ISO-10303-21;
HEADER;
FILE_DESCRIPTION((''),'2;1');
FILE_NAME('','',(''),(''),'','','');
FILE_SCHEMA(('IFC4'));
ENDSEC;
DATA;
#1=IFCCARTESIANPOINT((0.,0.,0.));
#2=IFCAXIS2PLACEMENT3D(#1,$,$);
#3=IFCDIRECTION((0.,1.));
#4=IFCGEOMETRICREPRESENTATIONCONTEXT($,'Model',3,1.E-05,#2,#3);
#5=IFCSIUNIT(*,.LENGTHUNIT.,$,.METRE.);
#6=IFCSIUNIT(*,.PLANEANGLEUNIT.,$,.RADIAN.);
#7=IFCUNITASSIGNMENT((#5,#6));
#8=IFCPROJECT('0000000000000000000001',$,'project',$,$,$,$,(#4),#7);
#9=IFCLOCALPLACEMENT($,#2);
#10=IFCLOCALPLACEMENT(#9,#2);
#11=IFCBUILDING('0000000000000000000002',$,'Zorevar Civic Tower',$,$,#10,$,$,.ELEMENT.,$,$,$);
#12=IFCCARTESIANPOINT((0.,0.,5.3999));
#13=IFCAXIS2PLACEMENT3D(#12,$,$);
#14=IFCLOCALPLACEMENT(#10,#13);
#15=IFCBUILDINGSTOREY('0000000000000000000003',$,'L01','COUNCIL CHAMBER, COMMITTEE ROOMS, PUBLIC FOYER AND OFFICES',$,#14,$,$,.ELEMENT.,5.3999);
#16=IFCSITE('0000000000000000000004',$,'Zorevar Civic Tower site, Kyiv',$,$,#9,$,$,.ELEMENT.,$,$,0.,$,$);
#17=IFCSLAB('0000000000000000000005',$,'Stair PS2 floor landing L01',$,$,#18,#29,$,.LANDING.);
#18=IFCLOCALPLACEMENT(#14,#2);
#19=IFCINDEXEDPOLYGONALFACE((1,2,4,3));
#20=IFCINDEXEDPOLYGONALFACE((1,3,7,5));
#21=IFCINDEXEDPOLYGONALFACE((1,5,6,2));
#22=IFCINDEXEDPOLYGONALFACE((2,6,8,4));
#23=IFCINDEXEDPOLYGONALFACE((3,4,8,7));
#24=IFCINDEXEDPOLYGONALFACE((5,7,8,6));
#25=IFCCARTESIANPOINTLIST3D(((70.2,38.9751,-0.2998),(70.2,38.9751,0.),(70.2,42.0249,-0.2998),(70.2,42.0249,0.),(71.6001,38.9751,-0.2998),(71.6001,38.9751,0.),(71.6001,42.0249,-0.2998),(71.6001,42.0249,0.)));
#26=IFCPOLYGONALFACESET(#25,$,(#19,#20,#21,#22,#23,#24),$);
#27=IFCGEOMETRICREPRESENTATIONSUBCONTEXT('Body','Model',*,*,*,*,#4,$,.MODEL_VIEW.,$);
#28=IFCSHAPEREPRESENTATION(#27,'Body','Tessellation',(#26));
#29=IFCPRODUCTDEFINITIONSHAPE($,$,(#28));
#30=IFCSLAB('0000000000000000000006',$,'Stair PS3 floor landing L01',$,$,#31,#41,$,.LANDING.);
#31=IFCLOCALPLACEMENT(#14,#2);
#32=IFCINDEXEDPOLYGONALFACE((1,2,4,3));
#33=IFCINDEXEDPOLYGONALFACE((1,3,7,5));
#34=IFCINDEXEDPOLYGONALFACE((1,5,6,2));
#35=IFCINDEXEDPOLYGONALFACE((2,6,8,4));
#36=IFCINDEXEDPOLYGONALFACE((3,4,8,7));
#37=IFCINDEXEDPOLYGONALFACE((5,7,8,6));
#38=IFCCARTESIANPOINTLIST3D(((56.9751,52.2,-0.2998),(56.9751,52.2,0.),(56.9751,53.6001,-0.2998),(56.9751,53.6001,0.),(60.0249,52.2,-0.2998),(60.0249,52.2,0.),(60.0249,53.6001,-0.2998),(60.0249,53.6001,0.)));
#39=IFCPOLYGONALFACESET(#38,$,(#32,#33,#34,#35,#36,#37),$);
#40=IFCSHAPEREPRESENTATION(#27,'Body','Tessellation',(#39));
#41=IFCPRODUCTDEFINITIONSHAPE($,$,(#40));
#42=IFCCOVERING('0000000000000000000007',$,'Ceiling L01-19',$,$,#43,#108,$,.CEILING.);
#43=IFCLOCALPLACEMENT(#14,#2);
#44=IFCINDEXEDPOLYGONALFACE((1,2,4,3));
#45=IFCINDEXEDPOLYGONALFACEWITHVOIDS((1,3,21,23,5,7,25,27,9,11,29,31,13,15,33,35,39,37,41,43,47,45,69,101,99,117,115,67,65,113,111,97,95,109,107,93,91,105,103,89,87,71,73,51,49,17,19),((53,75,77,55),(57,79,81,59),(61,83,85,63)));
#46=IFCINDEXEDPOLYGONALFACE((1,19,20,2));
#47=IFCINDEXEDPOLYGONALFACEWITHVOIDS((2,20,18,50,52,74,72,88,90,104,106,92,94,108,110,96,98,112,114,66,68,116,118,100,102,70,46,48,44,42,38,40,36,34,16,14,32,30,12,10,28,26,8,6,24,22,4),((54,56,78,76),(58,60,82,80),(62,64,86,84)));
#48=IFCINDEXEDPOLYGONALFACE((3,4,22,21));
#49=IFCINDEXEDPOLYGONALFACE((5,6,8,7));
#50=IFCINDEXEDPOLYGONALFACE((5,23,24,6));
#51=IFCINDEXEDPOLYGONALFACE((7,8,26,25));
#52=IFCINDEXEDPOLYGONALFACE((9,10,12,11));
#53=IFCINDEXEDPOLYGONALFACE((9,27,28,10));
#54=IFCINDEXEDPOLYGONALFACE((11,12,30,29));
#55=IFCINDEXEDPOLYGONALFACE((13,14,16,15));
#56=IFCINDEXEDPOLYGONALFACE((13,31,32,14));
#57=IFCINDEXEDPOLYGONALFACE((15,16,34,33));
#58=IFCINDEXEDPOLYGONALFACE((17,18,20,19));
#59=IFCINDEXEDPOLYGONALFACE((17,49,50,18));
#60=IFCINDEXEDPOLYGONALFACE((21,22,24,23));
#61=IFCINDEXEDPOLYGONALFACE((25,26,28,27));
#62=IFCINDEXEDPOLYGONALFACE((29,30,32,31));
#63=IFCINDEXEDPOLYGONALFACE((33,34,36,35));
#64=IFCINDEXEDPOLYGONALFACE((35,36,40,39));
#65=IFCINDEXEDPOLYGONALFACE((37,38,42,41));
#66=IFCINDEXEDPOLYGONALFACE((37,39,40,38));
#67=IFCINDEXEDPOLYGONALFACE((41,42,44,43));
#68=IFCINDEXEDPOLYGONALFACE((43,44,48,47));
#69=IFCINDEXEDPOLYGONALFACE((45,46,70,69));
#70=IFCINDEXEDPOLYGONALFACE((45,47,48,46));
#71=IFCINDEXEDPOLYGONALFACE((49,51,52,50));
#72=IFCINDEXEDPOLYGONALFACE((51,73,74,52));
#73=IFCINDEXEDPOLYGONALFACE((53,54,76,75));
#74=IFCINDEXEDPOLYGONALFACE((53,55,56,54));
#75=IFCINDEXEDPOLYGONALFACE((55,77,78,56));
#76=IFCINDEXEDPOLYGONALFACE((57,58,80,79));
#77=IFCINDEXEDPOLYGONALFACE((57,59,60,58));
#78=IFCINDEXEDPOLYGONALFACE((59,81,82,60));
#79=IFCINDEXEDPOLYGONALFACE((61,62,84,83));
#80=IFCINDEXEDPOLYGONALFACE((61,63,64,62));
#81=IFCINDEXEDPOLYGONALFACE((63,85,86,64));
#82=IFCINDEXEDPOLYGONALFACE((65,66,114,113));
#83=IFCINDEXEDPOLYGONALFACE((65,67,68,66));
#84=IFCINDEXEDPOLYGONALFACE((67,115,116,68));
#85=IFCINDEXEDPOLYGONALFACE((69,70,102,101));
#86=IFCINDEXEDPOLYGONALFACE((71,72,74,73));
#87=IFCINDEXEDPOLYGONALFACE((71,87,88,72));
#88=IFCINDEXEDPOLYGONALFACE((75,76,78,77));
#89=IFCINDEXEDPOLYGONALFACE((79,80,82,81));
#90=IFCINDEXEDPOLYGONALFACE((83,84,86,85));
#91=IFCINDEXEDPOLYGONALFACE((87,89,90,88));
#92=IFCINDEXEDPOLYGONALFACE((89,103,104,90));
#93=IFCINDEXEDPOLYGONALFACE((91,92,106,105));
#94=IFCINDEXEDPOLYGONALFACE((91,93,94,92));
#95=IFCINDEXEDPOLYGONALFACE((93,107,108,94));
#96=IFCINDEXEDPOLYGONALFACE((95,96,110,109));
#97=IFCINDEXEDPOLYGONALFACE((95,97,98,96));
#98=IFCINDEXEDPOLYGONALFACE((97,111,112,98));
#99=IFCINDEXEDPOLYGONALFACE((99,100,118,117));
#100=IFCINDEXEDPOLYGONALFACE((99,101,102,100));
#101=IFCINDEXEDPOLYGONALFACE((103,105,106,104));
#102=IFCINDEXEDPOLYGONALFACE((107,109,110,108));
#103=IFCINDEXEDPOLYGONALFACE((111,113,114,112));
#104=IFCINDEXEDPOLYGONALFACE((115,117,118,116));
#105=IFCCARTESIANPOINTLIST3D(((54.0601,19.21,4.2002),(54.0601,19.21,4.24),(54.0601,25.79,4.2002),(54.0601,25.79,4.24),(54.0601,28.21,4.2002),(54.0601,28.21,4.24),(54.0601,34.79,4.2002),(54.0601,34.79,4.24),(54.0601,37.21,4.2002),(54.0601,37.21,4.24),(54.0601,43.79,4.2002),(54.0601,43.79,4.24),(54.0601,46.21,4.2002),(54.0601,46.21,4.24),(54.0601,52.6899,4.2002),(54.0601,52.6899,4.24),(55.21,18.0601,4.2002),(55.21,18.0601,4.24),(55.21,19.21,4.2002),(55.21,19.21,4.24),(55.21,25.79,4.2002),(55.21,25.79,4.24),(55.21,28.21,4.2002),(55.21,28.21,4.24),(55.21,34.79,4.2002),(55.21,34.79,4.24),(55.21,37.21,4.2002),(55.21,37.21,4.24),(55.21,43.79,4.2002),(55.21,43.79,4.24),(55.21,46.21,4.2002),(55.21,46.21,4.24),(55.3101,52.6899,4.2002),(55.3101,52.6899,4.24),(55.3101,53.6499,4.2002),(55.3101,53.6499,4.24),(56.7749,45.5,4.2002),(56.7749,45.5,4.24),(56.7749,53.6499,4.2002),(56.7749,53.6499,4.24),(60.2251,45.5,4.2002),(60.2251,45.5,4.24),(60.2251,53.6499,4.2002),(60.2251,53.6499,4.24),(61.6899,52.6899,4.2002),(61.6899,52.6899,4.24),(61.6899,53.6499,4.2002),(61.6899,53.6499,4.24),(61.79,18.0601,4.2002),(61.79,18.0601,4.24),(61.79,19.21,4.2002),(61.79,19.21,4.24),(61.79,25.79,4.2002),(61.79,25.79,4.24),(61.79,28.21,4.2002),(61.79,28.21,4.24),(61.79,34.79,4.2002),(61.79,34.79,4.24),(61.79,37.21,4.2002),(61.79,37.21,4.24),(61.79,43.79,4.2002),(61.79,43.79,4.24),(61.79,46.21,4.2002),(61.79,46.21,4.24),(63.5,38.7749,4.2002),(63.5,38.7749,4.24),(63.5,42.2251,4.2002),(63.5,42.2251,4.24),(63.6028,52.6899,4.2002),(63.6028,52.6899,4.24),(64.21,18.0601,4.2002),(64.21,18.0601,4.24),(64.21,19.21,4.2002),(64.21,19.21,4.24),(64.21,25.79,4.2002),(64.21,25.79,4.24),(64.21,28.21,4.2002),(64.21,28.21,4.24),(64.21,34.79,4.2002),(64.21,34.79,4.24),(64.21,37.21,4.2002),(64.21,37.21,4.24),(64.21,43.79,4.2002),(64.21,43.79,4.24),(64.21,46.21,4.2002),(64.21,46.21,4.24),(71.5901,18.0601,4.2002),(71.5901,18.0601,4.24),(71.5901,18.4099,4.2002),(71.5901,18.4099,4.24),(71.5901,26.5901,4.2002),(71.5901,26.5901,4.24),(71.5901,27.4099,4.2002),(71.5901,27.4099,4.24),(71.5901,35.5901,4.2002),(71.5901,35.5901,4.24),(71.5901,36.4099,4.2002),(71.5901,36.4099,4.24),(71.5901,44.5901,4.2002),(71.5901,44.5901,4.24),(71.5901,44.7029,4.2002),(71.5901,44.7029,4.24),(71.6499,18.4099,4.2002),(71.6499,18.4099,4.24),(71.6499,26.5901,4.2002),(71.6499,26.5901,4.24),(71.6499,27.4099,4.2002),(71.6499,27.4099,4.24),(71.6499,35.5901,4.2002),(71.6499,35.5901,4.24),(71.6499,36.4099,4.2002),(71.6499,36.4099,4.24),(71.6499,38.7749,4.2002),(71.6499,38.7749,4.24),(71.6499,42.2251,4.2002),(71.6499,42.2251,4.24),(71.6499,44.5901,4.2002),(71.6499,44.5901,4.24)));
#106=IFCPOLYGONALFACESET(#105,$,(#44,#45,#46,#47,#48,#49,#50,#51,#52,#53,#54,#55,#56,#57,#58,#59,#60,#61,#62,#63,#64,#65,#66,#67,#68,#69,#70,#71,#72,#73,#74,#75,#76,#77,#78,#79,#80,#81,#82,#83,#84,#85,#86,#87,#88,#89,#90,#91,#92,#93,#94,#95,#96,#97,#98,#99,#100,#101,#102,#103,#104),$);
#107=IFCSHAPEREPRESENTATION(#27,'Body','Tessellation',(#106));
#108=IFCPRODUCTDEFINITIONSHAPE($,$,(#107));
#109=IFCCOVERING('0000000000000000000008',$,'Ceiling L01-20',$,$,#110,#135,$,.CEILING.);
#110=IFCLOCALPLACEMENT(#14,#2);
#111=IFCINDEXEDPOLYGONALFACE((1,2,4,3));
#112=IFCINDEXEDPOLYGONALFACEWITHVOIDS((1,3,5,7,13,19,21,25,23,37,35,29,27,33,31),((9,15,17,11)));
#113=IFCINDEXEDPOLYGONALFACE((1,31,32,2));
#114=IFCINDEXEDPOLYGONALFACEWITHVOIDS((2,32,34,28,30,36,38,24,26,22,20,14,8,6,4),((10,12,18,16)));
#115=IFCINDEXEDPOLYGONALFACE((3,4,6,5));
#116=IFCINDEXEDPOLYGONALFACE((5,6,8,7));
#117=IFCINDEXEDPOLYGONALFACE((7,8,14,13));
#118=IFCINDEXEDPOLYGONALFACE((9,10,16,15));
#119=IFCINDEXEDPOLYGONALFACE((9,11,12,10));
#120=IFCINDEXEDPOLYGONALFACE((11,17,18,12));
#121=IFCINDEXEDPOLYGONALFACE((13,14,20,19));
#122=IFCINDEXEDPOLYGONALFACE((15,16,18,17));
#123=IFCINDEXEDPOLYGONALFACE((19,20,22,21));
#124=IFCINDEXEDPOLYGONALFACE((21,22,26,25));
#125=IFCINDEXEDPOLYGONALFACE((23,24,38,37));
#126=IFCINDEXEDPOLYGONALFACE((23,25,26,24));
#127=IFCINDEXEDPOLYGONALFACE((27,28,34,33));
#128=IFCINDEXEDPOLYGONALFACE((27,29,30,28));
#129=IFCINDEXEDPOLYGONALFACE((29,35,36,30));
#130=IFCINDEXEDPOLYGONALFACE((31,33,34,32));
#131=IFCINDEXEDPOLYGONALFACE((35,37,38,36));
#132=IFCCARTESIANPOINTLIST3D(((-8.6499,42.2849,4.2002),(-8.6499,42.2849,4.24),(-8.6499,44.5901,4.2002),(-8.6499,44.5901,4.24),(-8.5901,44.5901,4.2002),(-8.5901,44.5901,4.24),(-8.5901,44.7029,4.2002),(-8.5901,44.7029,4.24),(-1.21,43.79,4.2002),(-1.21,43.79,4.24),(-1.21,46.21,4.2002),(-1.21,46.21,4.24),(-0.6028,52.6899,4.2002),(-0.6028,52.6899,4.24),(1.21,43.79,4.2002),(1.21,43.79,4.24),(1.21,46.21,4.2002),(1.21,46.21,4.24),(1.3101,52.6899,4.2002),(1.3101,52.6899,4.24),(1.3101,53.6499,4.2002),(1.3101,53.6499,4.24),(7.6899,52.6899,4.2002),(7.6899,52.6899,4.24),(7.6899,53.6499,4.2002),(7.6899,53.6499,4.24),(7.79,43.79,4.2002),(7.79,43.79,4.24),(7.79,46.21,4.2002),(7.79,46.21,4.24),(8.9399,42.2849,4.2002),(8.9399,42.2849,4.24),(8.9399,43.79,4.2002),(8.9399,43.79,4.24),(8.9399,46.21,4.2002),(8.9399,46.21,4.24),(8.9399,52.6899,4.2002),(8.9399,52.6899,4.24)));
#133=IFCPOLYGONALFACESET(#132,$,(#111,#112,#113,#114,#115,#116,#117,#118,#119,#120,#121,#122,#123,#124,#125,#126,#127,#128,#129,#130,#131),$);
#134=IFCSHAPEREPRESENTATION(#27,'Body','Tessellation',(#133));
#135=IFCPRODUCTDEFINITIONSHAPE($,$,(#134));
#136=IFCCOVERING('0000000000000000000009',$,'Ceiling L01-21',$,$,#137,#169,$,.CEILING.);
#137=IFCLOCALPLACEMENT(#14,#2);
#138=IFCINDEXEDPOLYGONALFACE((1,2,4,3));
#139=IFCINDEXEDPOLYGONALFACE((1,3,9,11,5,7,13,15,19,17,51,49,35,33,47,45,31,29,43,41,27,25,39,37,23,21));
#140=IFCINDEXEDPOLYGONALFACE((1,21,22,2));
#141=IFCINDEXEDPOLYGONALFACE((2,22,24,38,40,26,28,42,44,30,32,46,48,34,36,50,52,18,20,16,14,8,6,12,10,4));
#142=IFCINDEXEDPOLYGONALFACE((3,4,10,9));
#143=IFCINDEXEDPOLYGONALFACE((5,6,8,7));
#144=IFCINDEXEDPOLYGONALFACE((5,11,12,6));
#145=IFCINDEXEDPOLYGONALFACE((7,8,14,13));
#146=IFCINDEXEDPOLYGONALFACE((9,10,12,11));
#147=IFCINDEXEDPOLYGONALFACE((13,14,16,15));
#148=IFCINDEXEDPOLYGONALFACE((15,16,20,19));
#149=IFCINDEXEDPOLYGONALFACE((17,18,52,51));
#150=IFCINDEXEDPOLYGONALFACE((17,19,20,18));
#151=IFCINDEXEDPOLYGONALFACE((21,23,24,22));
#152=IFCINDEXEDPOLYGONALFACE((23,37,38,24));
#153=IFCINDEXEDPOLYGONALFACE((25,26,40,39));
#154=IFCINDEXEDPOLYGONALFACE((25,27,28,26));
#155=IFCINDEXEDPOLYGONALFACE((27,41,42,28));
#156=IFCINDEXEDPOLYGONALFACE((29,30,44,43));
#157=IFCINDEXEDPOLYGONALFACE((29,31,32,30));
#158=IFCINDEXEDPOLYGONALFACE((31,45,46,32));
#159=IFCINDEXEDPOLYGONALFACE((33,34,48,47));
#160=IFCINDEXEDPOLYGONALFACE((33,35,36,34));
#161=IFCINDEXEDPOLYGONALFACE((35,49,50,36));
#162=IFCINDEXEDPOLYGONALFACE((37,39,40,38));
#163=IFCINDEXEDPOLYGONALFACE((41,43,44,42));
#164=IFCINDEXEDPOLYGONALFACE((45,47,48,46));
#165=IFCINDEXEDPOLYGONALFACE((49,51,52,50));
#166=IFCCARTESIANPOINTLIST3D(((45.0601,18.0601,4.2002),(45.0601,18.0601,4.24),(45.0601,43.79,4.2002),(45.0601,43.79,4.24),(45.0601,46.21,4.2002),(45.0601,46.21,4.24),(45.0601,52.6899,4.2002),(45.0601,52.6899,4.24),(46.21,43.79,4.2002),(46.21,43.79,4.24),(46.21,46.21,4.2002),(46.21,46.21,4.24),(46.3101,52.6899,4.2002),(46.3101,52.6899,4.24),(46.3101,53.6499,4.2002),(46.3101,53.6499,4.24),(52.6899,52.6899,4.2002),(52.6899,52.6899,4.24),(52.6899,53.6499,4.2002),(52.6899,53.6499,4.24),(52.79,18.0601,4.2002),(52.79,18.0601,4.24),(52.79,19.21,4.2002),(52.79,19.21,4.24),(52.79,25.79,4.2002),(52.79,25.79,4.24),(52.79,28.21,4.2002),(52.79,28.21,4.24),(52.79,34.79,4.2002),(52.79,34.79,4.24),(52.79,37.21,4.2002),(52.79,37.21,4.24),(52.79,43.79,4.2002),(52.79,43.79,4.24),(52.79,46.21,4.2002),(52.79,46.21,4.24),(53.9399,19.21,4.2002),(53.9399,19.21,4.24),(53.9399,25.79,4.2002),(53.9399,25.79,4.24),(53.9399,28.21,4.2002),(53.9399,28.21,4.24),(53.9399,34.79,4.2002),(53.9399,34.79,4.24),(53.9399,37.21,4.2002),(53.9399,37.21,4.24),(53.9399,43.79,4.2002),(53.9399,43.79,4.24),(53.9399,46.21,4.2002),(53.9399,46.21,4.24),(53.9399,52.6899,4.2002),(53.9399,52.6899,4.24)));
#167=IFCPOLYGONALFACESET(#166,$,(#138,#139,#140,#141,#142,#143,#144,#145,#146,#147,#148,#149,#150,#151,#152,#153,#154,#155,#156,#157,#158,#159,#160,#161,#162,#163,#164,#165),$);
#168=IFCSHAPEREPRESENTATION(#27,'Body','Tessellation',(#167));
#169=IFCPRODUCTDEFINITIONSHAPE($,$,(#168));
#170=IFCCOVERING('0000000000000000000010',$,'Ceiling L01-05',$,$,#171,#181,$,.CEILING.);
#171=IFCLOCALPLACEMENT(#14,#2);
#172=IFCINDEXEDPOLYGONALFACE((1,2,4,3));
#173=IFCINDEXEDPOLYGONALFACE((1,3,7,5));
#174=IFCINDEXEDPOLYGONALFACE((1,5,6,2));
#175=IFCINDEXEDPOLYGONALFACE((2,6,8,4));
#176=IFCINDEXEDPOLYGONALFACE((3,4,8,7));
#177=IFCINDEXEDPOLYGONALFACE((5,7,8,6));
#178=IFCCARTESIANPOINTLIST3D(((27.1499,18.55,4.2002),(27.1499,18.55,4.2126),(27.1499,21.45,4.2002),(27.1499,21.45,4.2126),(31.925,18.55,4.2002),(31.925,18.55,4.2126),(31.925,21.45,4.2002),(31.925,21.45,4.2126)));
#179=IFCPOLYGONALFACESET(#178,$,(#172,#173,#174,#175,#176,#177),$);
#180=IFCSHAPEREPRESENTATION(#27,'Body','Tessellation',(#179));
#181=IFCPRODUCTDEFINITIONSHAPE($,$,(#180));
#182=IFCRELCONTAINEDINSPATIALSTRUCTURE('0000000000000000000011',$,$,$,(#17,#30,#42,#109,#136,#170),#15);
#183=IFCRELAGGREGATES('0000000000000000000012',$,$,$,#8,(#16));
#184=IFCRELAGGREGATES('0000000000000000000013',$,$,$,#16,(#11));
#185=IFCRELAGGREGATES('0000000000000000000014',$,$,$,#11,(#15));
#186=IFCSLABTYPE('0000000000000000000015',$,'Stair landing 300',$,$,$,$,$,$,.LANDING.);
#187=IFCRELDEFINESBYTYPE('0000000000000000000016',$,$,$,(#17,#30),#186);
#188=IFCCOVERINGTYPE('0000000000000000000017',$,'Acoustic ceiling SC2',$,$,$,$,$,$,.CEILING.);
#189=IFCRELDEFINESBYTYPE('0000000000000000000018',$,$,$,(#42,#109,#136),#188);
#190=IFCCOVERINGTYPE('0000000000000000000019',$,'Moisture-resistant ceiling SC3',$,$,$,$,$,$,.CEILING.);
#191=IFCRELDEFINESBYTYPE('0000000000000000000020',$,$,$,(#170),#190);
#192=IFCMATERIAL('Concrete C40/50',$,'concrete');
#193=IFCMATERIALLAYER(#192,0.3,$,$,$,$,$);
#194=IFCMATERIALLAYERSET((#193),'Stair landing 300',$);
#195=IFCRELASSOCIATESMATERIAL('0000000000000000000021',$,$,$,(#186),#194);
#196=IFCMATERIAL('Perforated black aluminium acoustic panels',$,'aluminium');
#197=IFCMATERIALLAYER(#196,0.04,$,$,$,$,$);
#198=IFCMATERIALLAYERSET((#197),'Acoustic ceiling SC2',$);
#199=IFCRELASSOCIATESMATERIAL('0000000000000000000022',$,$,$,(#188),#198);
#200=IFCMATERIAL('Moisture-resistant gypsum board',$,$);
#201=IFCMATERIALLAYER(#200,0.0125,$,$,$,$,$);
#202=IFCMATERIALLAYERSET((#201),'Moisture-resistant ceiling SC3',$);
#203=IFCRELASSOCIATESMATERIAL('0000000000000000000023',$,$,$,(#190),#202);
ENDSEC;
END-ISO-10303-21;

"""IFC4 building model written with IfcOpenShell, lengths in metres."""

from ifc_helpers import new_model, si_unit, direction, frame, origin, place, context, subcontext, project, spatial, polyline, outline, extrude, material, layer, layer_set, type_object, element, save


model = new_model("IFC4")

# Units and contexts
model_context = context("Model", 3, precision=1e-05, world=origin(), true_north=direction((0.0, 1.0)))
body_context = subcontext(model_context, "Body", "Model", "MODEL_VIEW")
ifc_project = project(units=[si_unit("LENGTHUNIT", "METRE"), si_unit("PLANEANGLEUNIT", "RADIAN")], contexts=[model_context])

# Site, building, storey
site_placement = place(None, origin())
site = spatial("IfcSite", under=ifc_project, at=site_placement, Name="Zorevar Civic Tower site, Kyiv", CompositionType="ELEMENT", RefElevation=0.0)
building_placement = place(site_placement, origin())
building = spatial("IfcBuilding", under=site, at=building_placement, Name="Zorevar Civic Tower", CompositionType="ELEMENT")
storey_placement = place(building_placement, frame((0.0, 0.0, 5.3999)))
storey = spatial("IfcBuildingStorey", under=building, at=storey_placement, Name="L01", Description="COUNCIL CHAMBER, COMMITTEE ROOMS, PUBLIC FOYER AND OFFICES", CompositionType="ELEMENT", Elevation=5.3999)

# Slabs
ifc_material_1 = material(Name="Concrete C40/50", Category="concrete")
ifc_layer_1 = layer(ifc_material_1, 0.3)
ifc_layer_set_1 = layer_set([ifc_layer_1], Name="Stair landing 300")
slab_type_1 = type_object("IfcSlabType", Name="Stair landing 300", PredefinedType="LANDING", material=ifc_layer_set_1)
slab_1_placement = place(storey_placement, frame((0.0, 0.0, -0.2998)))
element("IfcSlab", 1, at=slab_1_placement, inside=storey, type_object=slab_type_1, Name="Stair PS2 floor landing L01", PredefinedType="LANDING", context=body_context, shape_type="SweptSolid", body=[
    extrude(outline(polyline([(70.2, 38.9751), (71.6001, 38.9751), (71.6001, 42.0249), (70.2, 42.0249), (70.2, 38.9751)])), origin(), (0.0, 0.0, 1.0), 0.2998),
])
slab_2_placement = place(storey_placement, frame((0.0, 0.0, -0.2998)))
element("IfcSlab", 2, at=slab_2_placement, inside=storey, type_object=slab_type_1, Name="Stair PS3 floor landing L01", PredefinedType="LANDING", context=body_context, shape_type="SweptSolid", body=[
    extrude(outline(polyline([(56.9751, 52.2), (60.0249, 52.2), (60.0249, 53.6001), (56.9751, 53.6001), (56.9751, 52.2)])), origin(), (0.0, 0.0, 1.0), 0.2998),
])

# Coverings
ifc_material_2 = material(Name="Perforated black aluminium acoustic panels", Category="aluminium")
ifc_layer_2 = layer(ifc_material_2, 0.04)
ifc_layer_set_2 = layer_set([ifc_layer_2], Name="Acoustic ceiling SC2")
covering_type_1 = type_object("IfcCoveringType", Name="Acoustic ceiling SC2", PredefinedType="CEILING", material=ifc_layer_set_2)
covering_1_placement = place(storey_placement, frame((0.0, 0.0, 4.2002)))
element("IfcCovering", 3, at=covering_1_placement, inside=storey, type_object=covering_type_1, Name="Ceiling L01-19", PredefinedType="CEILING", context=body_context, shape_type="SweptSolid", body=[
    extrude(outline(polyline([(55.21, 18.0601), (55.21, 19.21), (54.0601, 19.21), (54.0601, 25.79), (55.21, 25.79), (55.21, 28.21), (54.0601, 28.21), (54.0601, 34.79), (55.21, 34.79), (55.21, 37.21), (54.0601, 37.21), (54.0601, 43.79), (55.21, 43.79), (55.21, 46.21), (54.0601, 46.21), (54.0601, 52.6899), (55.3101, 52.6899), (55.3101, 53.6499), (56.7749, 53.6499), (56.7749, 45.5), (60.2251, 45.5), (60.2251, 53.6499), (61.6899, 53.6499), (61.6899, 52.6899), (63.6028, 52.6899), (71.5901, 44.7029), (71.5901, 44.5901), (71.6499, 44.5901), (71.6499, 42.2251), (63.5, 42.2251), (63.5, 38.7749), (71.6499, 38.7749), (71.6499, 36.4099), (71.5901, 36.4099), (71.5901, 35.5901), (71.6499, 35.5901), (71.6499, 27.4099), (71.5901, 27.4099), (71.5901, 26.5901), (71.6499, 26.5901), (71.6499, 18.4099), (71.5901, 18.4099), (71.5901, 18.0601), (64.21, 18.0601), (64.21, 19.21), (61.79, 19.21), (61.79, 18.0601), (55.21, 18.0601)]), holes=[polyline([(64.21, 28.21), (61.79, 28.21), (61.79, 25.79), (64.21, 25.79), (64.21, 28.21)]), polyline([(64.21, 34.79), (64.21, 37.21), (61.79, 37.21), (61.79, 34.79), (64.21, 34.79)]), polyline([(61.79, 43.79), (64.21, 43.79), (64.21, 46.21), (61.79, 46.21), (61.79, 43.79)])]), origin(), (0.0, 0.0, 1.0), 0.0398),
])
covering_2_placement = place(storey_placement, frame((0.0, 0.0, 4.2002)))
element("IfcCovering", 4, at=covering_2_placement, inside=storey, type_object=covering_type_1, Name="Ceiling L01-20", PredefinedType="CEILING", context=body_context, shape_type="SweptSolid", body=[
    extrude(outline(polyline([(1.3101, 52.6899), (1.3101, 53.6499), (7.6899, 53.6499), (7.6899, 52.6899), (8.9399, 52.6899), (8.9399, 46.21), (7.79, 46.21), (7.79, 43.79), (8.9399, 43.79), (8.9399, 42.2849), (-8.6499, 42.2849), (-8.6499, 44.5901), (-8.5901, 44.5901), (-8.5901, 44.7029), (-0.6028, 52.6899), (1.3101, 52.6899)]), holes=[polyline([(1.21, 46.21), (-1.21, 46.21), (-1.21, 43.79), (1.21, 43.79), (1.21, 46.21)])]), origin(), (0.0, 0.0, 1.0), 0.0398),
])
covering_3_placement = place(storey_placement, frame((0.0, 0.0, 4.2002)))
element("IfcCovering", 5, at=covering_3_placement, inside=storey, type_object=covering_type_1, Name="Ceiling L01-21", PredefinedType="CEILING", context=body_context, shape_type="SweptSolid", body=[
    extrude(outline(polyline([(52.79, 37.21), (52.79, 34.79), (53.9399, 34.79), (53.9399, 28.21), (52.79, 28.21), (52.79, 25.79), (53.9399, 25.79), (53.9399, 19.21), (52.79, 19.21), (52.79, 18.0601), (45.0601, 18.0601), (45.0601, 43.79), (46.21, 43.79), (46.21, 46.21), (45.0601, 46.21), (45.0601, 52.6899), (46.3101, 52.6899), (46.3101, 53.6499), (52.6899, 53.6499), (52.6899, 52.6899), (53.9399, 52.6899), (53.9399, 46.21), (52.79, 46.21), (52.79, 43.79), (53.9399, 43.79), (53.9399, 37.21), (52.79, 37.21)])), origin(), (0.0, 0.0, 1.0), 0.0398),
])
ifc_material_3 = material(Name="Moisture-resistant gypsum board")
ifc_layer_3 = layer(ifc_material_3, 0.0125)
ifc_layer_set_3 = layer_set([ifc_layer_3], Name="Moisture-resistant ceiling SC3")
covering_type_2 = type_object("IfcCoveringType", Name="Moisture-resistant ceiling SC3", PredefinedType="CEILING", material=ifc_layer_set_3)
covering_4_placement = place(storey_placement, frame((0.0, 0.0, 4.2002)))
element("IfcCovering", 6, at=covering_4_placement, inside=storey, type_object=covering_type_2, Name="Ceiling L01-05", PredefinedType="CEILING", context=body_context, shape_type="SweptSolid", body=[
    extrude(outline(polyline([(31.925, 18.55), (31.925, 21.45), (27.1499, 21.45), (27.1499, 18.55), (31.925, 18.55)])), origin(), (0.0, 0.0, 1.0), 0.0125),
])

save(model, "model.ifc")
